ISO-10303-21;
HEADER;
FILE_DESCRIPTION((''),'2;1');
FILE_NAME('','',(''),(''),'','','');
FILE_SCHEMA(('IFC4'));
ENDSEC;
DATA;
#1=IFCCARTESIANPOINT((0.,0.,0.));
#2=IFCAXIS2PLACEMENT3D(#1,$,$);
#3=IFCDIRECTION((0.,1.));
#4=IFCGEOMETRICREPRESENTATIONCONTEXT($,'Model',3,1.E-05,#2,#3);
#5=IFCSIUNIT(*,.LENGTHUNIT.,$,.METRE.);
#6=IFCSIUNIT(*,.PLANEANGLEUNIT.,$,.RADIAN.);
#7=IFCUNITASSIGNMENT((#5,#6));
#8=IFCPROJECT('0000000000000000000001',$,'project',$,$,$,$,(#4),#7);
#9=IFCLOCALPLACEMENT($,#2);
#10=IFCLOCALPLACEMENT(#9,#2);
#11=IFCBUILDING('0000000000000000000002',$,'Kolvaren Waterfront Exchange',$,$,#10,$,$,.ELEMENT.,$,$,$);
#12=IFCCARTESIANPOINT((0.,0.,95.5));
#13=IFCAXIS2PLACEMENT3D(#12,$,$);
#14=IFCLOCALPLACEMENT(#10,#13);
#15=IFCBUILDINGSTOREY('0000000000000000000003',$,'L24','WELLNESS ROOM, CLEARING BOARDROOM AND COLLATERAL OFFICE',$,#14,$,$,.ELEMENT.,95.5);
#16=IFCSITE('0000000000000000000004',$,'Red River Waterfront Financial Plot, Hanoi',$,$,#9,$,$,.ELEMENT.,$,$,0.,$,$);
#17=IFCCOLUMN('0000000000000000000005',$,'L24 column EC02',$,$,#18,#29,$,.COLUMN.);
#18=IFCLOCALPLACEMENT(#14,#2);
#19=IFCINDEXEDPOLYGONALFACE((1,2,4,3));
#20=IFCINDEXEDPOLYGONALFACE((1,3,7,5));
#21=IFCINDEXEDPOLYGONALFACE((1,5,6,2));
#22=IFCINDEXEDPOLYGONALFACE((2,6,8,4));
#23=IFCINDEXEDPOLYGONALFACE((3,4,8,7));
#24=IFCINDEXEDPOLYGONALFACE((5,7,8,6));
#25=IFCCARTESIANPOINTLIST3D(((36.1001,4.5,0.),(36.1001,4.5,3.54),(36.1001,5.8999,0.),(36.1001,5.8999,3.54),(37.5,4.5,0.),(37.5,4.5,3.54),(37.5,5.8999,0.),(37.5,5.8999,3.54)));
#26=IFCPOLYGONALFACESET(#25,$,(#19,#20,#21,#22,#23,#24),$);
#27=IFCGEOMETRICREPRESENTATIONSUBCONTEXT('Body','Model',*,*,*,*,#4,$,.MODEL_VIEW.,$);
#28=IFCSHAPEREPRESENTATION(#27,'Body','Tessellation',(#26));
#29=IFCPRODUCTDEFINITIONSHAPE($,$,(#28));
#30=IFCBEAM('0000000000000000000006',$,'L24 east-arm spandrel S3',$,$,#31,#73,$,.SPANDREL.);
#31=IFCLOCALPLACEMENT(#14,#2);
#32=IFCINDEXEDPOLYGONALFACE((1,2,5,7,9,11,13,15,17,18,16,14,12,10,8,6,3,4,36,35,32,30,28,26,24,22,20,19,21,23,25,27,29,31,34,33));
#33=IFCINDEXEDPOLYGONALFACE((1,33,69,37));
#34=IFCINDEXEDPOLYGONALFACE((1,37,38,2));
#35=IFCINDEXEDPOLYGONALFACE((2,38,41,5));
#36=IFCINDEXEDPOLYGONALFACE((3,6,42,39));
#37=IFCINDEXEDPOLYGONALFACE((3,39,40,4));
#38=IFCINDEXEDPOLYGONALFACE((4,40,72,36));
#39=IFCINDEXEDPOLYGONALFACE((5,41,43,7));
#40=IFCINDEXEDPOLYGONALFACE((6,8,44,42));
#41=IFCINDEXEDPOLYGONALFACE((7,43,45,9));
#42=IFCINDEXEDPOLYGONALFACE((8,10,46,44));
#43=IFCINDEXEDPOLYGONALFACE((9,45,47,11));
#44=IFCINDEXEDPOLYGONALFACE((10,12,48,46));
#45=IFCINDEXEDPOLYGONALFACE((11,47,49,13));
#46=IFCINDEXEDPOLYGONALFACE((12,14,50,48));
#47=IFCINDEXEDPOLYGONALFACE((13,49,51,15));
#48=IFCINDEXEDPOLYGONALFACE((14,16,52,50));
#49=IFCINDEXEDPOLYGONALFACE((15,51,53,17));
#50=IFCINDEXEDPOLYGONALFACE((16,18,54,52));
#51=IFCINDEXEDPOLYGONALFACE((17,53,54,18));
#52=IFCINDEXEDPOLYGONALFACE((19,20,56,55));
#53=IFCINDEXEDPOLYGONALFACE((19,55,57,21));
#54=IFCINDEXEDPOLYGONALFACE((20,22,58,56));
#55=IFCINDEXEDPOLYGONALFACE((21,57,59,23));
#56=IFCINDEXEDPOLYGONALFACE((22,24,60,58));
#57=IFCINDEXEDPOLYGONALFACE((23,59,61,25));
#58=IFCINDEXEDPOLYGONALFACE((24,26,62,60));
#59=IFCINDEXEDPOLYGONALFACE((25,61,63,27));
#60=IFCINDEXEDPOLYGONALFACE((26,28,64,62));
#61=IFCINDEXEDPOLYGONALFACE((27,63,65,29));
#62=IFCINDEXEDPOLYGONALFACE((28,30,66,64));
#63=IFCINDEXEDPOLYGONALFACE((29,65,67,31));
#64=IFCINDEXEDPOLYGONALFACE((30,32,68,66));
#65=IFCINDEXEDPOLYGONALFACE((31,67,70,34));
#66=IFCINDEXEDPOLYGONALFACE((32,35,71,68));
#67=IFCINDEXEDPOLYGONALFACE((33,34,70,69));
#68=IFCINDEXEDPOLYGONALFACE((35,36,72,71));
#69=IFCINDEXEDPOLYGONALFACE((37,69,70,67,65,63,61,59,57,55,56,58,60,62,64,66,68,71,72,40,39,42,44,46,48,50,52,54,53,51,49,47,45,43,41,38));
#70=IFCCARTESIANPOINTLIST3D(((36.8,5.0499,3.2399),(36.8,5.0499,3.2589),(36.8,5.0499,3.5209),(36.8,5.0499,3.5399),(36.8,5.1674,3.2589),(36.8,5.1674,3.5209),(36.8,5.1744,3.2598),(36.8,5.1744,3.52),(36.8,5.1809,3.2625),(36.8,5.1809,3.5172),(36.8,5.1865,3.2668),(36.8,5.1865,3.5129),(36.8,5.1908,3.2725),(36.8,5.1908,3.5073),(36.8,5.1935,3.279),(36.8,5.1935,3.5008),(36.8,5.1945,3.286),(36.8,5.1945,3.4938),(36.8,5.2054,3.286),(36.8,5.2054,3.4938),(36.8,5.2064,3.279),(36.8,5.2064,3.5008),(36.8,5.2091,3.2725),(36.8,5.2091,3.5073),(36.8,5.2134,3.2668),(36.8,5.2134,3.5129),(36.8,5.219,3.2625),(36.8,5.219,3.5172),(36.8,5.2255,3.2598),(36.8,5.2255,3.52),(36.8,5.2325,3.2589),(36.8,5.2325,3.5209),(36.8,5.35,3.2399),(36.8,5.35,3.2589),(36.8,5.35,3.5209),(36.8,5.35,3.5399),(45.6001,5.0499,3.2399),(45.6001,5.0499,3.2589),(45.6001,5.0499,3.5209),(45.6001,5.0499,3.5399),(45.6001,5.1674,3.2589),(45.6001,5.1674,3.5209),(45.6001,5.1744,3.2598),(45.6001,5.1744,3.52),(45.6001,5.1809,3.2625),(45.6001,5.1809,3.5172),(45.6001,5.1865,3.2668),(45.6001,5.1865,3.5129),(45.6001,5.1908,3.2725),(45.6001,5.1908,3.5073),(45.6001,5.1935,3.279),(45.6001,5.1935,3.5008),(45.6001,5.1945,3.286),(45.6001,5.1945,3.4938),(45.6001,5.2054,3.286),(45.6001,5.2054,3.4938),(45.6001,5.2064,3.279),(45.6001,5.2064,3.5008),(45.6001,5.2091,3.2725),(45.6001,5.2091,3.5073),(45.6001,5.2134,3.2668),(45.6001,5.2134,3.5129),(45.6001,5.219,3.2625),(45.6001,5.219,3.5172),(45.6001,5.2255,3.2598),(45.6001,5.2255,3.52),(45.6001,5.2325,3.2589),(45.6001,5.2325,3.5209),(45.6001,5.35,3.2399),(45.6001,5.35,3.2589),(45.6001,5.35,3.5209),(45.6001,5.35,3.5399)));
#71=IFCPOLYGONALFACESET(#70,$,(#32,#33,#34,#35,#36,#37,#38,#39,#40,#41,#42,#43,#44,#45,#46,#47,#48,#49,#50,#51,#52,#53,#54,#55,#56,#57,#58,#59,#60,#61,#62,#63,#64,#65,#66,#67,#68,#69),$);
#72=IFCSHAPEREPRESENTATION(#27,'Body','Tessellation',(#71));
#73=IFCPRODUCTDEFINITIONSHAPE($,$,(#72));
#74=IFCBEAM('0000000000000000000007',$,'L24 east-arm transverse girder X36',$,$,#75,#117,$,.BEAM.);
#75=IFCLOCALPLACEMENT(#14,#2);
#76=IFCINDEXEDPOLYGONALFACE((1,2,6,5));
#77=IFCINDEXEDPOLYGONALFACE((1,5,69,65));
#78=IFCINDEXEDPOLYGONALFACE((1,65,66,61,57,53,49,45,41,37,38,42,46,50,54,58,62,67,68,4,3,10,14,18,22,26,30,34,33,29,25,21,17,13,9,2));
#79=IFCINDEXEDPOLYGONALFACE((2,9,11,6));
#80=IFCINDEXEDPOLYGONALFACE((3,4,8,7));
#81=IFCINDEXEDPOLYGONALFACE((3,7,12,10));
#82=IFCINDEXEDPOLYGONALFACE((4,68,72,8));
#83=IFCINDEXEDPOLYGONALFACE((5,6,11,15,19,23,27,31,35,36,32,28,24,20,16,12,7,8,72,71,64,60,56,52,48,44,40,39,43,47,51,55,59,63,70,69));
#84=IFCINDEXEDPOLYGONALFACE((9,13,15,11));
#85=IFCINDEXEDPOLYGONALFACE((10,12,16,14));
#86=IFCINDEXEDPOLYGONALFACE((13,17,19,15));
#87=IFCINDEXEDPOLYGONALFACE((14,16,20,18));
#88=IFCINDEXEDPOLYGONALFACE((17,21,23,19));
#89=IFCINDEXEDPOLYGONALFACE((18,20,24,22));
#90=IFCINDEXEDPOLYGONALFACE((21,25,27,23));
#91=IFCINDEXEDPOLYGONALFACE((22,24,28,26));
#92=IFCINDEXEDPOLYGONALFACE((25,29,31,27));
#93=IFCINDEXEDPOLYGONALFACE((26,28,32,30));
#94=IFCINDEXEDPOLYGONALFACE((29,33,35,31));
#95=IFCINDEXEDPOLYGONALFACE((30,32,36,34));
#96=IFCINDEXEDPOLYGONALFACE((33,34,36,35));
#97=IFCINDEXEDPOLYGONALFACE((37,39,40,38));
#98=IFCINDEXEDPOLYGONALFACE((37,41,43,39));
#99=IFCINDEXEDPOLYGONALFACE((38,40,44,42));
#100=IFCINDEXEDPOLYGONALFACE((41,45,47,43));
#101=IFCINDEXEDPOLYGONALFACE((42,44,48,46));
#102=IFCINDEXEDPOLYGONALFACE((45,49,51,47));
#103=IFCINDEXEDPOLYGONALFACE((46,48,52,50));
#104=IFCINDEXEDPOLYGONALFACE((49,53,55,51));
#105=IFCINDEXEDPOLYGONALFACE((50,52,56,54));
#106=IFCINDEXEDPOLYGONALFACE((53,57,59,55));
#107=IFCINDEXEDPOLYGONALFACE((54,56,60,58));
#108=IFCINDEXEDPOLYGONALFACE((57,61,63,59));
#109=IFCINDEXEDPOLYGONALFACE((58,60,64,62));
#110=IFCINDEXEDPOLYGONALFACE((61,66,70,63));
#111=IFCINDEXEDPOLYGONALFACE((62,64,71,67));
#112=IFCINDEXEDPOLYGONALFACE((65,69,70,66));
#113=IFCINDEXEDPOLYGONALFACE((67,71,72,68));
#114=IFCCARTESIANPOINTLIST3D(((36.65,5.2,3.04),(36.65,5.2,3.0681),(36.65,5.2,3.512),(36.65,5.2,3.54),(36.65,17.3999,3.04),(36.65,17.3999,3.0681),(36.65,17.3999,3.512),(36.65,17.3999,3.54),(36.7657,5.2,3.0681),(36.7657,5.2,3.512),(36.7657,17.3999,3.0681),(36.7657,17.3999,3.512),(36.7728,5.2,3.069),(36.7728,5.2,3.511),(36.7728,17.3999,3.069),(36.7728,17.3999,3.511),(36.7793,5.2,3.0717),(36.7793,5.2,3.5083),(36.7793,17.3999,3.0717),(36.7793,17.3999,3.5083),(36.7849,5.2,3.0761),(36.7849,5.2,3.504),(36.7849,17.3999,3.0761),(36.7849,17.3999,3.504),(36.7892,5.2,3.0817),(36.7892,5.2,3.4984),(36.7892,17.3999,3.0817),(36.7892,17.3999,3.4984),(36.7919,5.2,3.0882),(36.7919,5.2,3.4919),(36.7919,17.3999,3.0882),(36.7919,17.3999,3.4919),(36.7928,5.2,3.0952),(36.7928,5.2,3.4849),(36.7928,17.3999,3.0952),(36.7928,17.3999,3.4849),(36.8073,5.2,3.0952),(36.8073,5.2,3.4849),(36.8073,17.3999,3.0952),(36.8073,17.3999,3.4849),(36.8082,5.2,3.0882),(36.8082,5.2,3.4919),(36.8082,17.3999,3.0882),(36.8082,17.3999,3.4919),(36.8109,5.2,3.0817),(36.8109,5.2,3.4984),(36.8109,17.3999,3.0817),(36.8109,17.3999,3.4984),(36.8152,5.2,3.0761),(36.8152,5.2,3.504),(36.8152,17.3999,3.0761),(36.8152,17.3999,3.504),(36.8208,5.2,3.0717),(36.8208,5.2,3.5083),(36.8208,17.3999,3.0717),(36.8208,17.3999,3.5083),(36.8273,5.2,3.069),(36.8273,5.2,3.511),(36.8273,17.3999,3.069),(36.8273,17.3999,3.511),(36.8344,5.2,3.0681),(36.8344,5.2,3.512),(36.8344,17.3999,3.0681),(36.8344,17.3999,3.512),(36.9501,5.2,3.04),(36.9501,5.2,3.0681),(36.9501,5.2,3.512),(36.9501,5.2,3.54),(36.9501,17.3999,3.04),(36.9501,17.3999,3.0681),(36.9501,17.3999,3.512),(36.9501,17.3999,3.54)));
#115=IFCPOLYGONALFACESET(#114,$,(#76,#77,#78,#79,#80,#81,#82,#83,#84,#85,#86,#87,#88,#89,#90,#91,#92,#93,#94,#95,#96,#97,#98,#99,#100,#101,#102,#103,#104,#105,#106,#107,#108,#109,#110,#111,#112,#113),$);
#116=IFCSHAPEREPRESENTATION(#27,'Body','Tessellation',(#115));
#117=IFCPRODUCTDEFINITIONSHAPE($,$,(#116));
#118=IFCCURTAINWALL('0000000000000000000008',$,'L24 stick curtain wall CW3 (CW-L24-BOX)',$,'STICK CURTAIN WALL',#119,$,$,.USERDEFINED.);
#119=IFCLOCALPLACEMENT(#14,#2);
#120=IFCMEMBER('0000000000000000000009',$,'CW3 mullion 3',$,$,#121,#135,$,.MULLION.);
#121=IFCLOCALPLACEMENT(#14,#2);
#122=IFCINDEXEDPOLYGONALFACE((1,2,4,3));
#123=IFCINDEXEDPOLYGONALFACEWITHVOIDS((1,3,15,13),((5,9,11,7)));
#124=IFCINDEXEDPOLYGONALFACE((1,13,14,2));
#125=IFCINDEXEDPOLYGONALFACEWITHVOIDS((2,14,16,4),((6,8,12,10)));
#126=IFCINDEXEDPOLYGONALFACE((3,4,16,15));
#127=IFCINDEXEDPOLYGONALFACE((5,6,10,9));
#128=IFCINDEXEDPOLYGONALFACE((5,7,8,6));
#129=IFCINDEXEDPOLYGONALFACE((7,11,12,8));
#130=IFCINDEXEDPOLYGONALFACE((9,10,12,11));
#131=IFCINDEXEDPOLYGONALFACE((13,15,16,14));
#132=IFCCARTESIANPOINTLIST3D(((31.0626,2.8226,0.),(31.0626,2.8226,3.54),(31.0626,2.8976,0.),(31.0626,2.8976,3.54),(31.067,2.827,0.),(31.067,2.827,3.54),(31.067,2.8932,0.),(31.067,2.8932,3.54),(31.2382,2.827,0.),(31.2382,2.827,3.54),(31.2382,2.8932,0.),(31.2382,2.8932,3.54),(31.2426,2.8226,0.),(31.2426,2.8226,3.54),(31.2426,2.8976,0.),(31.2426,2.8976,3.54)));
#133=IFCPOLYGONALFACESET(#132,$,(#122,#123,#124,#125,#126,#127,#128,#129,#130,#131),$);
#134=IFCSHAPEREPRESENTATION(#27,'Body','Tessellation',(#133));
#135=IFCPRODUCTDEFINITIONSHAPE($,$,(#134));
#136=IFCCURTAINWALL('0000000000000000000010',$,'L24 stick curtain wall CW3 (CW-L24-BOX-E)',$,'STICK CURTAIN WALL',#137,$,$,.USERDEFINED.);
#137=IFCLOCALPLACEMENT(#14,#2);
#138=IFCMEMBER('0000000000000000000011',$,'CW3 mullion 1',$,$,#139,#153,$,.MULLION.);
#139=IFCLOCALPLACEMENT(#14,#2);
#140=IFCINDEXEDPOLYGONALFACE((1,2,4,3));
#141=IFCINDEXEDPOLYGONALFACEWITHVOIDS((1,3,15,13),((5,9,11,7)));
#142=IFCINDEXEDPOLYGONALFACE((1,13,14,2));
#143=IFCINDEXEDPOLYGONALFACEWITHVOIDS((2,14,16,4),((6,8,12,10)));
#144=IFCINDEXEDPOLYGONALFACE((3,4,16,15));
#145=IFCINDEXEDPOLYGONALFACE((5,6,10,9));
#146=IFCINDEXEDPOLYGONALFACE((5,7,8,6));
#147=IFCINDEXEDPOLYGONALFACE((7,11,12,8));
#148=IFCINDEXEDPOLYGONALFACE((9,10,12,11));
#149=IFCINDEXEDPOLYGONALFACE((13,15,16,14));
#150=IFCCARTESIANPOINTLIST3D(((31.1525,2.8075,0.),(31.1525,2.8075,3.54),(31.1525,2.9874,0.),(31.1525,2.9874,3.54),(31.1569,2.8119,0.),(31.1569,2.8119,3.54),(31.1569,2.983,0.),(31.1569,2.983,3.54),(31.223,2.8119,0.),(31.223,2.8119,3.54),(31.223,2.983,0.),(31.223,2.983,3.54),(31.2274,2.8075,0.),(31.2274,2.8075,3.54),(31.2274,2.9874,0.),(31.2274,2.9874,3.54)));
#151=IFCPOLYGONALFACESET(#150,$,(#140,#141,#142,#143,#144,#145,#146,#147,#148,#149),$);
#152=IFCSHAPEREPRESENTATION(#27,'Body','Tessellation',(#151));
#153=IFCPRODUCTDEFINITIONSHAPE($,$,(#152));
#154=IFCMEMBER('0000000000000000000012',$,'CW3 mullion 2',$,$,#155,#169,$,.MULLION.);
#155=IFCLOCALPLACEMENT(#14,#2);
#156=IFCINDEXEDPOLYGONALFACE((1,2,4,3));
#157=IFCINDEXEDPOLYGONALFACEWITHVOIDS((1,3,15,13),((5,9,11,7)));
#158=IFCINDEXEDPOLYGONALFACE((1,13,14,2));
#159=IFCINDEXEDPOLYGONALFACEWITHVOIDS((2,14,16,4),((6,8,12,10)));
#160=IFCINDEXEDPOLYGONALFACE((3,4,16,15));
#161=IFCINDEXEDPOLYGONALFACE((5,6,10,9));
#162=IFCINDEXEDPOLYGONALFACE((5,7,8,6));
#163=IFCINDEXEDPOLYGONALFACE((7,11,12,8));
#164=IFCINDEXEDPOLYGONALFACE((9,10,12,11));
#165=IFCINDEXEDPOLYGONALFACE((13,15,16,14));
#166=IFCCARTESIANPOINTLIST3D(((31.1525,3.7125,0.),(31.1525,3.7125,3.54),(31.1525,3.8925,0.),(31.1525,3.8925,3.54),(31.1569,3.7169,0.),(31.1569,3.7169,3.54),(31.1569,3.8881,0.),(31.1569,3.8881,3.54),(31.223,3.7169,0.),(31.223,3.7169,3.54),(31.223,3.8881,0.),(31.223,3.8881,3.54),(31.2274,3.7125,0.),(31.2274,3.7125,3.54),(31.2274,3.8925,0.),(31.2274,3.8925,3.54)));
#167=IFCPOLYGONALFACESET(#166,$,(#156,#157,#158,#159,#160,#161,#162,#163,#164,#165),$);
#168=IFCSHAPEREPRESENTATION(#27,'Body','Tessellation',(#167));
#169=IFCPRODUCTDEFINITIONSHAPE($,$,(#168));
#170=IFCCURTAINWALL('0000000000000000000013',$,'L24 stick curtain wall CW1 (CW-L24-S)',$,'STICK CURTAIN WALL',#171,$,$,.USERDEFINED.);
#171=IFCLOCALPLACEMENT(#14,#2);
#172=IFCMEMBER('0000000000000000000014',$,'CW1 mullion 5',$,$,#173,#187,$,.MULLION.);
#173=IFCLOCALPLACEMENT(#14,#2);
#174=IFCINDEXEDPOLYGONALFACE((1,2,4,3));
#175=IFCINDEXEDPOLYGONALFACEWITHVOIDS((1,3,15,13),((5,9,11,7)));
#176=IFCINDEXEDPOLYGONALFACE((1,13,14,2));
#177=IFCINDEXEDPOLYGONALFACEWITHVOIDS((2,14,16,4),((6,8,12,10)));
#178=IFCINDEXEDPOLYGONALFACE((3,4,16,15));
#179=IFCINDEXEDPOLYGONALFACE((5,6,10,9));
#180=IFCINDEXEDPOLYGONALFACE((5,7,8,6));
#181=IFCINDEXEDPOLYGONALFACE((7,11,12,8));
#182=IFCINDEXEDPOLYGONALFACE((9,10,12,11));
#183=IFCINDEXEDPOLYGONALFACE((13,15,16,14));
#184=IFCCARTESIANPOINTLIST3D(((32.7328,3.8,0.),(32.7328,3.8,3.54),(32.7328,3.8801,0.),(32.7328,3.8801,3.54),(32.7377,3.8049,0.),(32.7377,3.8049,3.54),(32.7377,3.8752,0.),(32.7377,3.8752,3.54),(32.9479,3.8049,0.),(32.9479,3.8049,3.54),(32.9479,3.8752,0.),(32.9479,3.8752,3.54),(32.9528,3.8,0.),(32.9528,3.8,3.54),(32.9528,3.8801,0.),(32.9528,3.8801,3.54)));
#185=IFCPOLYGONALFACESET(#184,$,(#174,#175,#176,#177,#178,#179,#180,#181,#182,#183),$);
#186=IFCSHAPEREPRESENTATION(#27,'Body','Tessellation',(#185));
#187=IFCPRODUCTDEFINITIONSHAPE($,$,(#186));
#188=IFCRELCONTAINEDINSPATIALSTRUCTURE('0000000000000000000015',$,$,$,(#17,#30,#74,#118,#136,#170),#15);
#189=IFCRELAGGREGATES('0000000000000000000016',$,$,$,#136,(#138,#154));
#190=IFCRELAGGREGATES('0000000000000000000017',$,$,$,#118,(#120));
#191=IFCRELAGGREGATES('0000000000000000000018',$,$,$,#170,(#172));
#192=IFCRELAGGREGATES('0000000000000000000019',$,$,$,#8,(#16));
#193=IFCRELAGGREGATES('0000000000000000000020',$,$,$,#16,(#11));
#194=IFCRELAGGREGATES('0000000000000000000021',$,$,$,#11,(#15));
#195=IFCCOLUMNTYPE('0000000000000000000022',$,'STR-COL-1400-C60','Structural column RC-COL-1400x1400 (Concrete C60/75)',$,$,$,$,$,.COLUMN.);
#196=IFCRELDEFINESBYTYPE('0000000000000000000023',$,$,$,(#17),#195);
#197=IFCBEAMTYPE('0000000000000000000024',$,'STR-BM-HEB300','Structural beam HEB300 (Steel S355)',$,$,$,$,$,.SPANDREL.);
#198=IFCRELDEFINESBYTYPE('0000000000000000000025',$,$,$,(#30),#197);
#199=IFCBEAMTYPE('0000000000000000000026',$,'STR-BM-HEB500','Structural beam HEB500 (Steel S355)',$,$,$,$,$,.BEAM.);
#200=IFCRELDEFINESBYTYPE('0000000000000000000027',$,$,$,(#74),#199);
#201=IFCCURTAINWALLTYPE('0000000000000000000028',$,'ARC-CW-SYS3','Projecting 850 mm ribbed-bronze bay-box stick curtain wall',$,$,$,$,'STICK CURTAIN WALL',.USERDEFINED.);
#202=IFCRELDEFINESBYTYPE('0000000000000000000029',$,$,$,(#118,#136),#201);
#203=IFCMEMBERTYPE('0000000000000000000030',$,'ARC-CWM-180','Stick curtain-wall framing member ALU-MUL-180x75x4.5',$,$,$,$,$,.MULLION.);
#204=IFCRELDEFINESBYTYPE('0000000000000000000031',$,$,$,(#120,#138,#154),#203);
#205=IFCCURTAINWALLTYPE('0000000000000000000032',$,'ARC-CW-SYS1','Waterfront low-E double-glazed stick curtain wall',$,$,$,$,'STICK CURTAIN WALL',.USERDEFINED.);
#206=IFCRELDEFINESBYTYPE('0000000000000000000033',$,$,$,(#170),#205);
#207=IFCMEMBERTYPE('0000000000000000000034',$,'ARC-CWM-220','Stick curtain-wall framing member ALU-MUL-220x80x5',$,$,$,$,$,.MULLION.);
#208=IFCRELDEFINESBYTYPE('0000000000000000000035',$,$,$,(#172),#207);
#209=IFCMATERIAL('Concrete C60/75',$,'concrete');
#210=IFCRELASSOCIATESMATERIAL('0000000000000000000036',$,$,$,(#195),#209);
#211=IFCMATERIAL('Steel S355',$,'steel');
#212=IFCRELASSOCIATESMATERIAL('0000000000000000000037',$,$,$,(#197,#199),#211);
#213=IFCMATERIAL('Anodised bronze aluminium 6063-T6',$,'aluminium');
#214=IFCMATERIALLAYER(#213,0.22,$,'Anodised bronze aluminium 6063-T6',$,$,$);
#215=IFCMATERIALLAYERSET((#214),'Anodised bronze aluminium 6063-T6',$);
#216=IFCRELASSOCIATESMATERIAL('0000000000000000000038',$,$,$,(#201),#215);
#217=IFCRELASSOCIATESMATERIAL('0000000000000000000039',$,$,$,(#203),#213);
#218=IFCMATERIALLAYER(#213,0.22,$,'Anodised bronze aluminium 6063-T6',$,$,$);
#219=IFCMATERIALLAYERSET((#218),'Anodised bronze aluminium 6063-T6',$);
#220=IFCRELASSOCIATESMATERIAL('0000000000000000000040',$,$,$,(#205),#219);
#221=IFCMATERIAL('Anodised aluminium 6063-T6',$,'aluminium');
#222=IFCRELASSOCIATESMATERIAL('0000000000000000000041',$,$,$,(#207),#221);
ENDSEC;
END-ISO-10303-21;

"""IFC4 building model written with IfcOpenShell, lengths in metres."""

from ifc_helpers import new_model, si_unit, direction, frame, origin, origin_with_axes, origin_2d, place, context, subcontext, project, spatial, rectangle, hollow_rectangle, i_section, extrude, source, transform, mapped, material, layer, layer_set, material_profile, profile_set, type_object, element, aggregate, save


model = new_model("IFC4")

# Units and contexts
model_context = context("Model", 3, precision=1e-05, world=origin(), true_north=direction((0.0, 1.0)))
body_context = subcontext(model_context, "Body", "Model", "MODEL_VIEW")
ifc_project = project(units=[si_unit("LENGTHUNIT", "METRE"), si_unit("PLANEANGLEUNIT", "RADIAN")], contexts=[model_context])

# Site, building, storey
site_placement = place(None, origin())
site = spatial("IfcSite", under=ifc_project, at=site_placement, Name="Red River Waterfront Financial Plot, Hanoi", CompositionType="ELEMENT", RefElevation=0.0)
building_placement = place(site_placement, origin())
building = spatial("IfcBuilding", under=site, at=building_placement, Name="Kolvaren Waterfront Exchange", CompositionType="ELEMENT")
storey_placement = place(building_placement, frame((0.0, 0.0, 95.5)))
storey = spatial("IfcBuildingStorey", under=building, at=storey_placement, Name="L24", Description="WELLNESS ROOM, CLEARING BOARDROOM AND COLLATERAL OFFICE", CompositionType="ELEMENT", Elevation=95.5)

# Column
ifc_material_1 = material(Name="Concrete C60/75", Category="concrete")
ifc_material_profile_1 = material_profile(ifc_material_1, rectangle(XDim=1.3999, YDim=1.3999, at=origin_2d()), Name="RC-COL-1400x1400")
ifc_profile_set_1 = profile_set([ifc_material_profile_1], Name="Concrete C60/75")
column_type = type_object("IfcColumnType", Name="STR-COL-1400-C60", Description="Structural column RC-COL-1400x1400 (Concrete C60/75)", PredefinedType="COLUMN", material=ifc_profile_set_1)
column_placement = place(storey_placement, frame((36.8, 5.2, 0.0), z_axis=(0.0, 0.0, 1.0), x_axis=(1.0, 0.0, 0.0)))
element("IfcColumn", 1, at=column_placement, inside=storey, type_object=column_type, Name="L24 column EC02", PredefinedType="COLUMN", context=body_context, shape_type="SweptSolid", body=[
    extrude(rectangle(XDim=1.3999, YDim=1.3999, at=origin_2d()), origin(), (0.0, 0.0, 1.0), 3.54),
])

# Beams
ifc_material_2 = material(Name="Steel S355", Category="steel")
ifc_material_profile_2 = material_profile(ifc_material_2, i_section(OverallWidth=0.3, OverallDepth=0.3, WebThickness=0.011, FlangeThickness=0.019, FilletRadius=0.0271, at=origin_2d()), Name="HEB300")
ifc_profile_set_2 = profile_set([ifc_material_profile_2], Name="Steel S355")
beam_type_1 = type_object("IfcBeamType", Name="STR-BM-HEB300", Description="Structural beam HEB300 (Steel S355)", PredefinedType="SPANDREL", material=ifc_profile_set_2)
beam_1_placement = place(storey_placement, frame((36.8, 5.2, 3.3899), z_axis=(1.0, 0.0, 0.0), x_axis=(0.0, 1.0, 0.0)))
element("IfcBeam", 2, at=beam_1_placement, inside=storey, type_object=beam_type_1, Name="L24 east-arm spandrel S3", PredefinedType="SPANDREL", context=body_context, shape_type="SweptSolid", body=[
    extrude(i_section(OverallWidth=0.3, OverallDepth=0.3, WebThickness=0.011, FlangeThickness=0.019, FilletRadius=0.0271, at=origin_2d()), origin(), (0.0, 0.0, 1.0), 8.8),
])
ifc_material_profile_3 = material_profile(ifc_material_2, i_section(OverallWidth=0.3, OverallDepth=0.5, WebThickness=0.0144, FlangeThickness=0.0281, FilletRadius=0.0271, at=origin_2d()), Name="HEB500")
ifc_profile_set_3 = profile_set([ifc_material_profile_3], Name="Steel S355")
beam_type_2 = type_object("IfcBeamType", Name="STR-BM-HEB500", Description="Structural beam HEB500 (Steel S355)", PredefinedType="BEAM", material=ifc_profile_set_3)
beam_2_placement = place(storey_placement, frame((36.8, 5.2, 3.29), z_axis=(0.0, 1.0, 0.0), x_axis=(-1.0, 0.0, 0.0)))
element("IfcBeam", 3, at=beam_2_placement, inside=storey, type_object=beam_type_2, Name="L24 east-arm transverse girder X36", PredefinedType="BEAM", context=body_context, shape_type="SweptSolid", body=[
    extrude(i_section(OverallWidth=0.3, OverallDepth=0.5, WebThickness=0.0144, FlangeThickness=0.0281, FilletRadius=0.0271, at=origin_2d()), origin(), (0.0, 0.0, 1.0), 12.2),
])

# Curtain wall, member
ifc_material_3 = material(Name="Anodised bronze aluminium 6063-T6", Category="aluminium")
ifc_layer_1 = layer(ifc_material_3, 0.22, Name="Anodised bronze aluminium 6063-T6")
ifc_layer_set_1 = layer_set([ifc_layer_1], Name="Anodised bronze aluminium 6063-T6")
curtain_wall_type_1 = type_object("IfcCurtainWallType", Name="ARC-CW-SYS3", Description="Projecting 850 mm ribbed-bronze bay-box stick curtain wall", ElementType="STICK CURTAIN WALL", PredefinedType="USERDEFINED", material=ifc_layer_set_1)
curtain_wall_1_placement = place(storey_placement, origin())
curtain_wall_1 = element("IfcCurtainWall", 4, at=curtain_wall_1_placement, inside=storey, type_object=curtain_wall_type_1, Name="L24 stick curtain wall CW3 (CW-L24-BOX)", ObjectType="STICK CURTAIN WALL", PredefinedType="USERDEFINED")
ifc_material_profile_4 = material_profile(ifc_material_3, hollow_rectangle(XDim=0.075, YDim=0.1799, WallThickness=0.0044, at=origin_2d()), Name="ALU-MUL-180x75x4.5")
ifc_profile_set_4 = profile_set([ifc_material_profile_4], Name="Anodised bronze aluminium 6063-T6")
member_type_1 = type_object("IfcMemberType", Name="ARC-CWM-180", Description="Stick curtain-wall framing member ALU-MUL-180x75x4.5", PredefinedType="MULLION", material=ifc_profile_set_4)
shared_shape_1 = source(origin_with_axes(), body_context, "Body", "SweptSolid", [
    extrude(hollow_rectangle(XDim=0.075, YDim=0.1799, WallThickness=0.0044, at=origin_2d()), origin(), (0.0, 0.0, 1.0), 3.54),
])
member_1_placement = place(storey_placement, frame((31.1526, 2.8601, 0.0), z_axis=(0.0, 0.0, 1.0), x_axis=(0.0, 1.0, 0.0)))
member_1 = element("IfcMember", 5, at=member_1_placement, type_object=member_type_1, Name="CW3 mullion 3", PredefinedType="MULLION", context=body_context, shape_type="MappedRepresentation", body=[
    mapped(shared_shape_1, transform((0.0, 0.0, 0.0), x_axis=(1.0, 0.0, 0.0), y_axis=(0.0, 1.0, 0.0), z_axis=(0.0, 0.0, 1.0), scale=1.0)),
])

# Curtain wall, members
curtain_wall_2_placement = place(storey_placement, origin())
curtain_wall_2 = element("IfcCurtainWall", 6, at=curtain_wall_2_placement, inside=storey, type_object=curtain_wall_type_1, Name="L24 stick curtain wall CW3 (CW-L24-BOX-E)", ObjectType="STICK CURTAIN WALL", PredefinedType="USERDEFINED")
member_2_placement = place(storey_placement, frame((31.1899, 2.8975, 0.0), z_axis=(0.0, 0.0, 1.0), x_axis=(-1.0, 0.0, 0.0)))
member_2 = element("IfcMember", 7, at=member_2_placement, type_object=member_type_1, Name="CW3 mullion 1", PredefinedType="MULLION", context=body_context, shape_type="MappedRepresentation", body=[
    mapped(shared_shape_1, transform((0.0, 0.0, 0.0), x_axis=(1.0, 0.0, 0.0), y_axis=(0.0, 1.0, 0.0), z_axis=(0.0, 0.0, 1.0), scale=1.0)),
])
member_3_placement = place(storey_placement, frame((31.1899, 3.8025, 0.0), z_axis=(0.0, 0.0, 1.0), x_axis=(-1.0, 0.0, 0.0)))
member_3 = element("IfcMember", 8, at=member_3_placement, type_object=member_type_1, Name="CW3 mullion 2", PredefinedType="MULLION", context=body_context, shape_type="MappedRepresentation", body=[
    mapped(shared_shape_1, transform((0.0, 0.0, 0.0), x_axis=(1.0, 0.0, 0.0), y_axis=(0.0, 1.0, 0.0), z_axis=(0.0, 0.0, 1.0), scale=1.0)),
])

# Curtain wall, member
ifc_layer_2 = layer(ifc_material_3, 0.22, Name="Anodised bronze aluminium 6063-T6")
ifc_layer_set_2 = layer_set([ifc_layer_2], Name="Anodised bronze aluminium 6063-T6")
curtain_wall_type_2 = type_object("IfcCurtainWallType", Name="ARC-CW-SYS1", Description="Waterfront low-E double-glazed stick curtain wall", ElementType="STICK CURTAIN WALL", PredefinedType="USERDEFINED", material=ifc_layer_set_2)
curtain_wall_3_placement = place(storey_placement, origin())
curtain_wall_3 = element("IfcCurtainWall", 9, at=curtain_wall_3_placement, inside=storey, type_object=curtain_wall_type_2, Name="L24 stick curtain wall CW1 (CW-L24-S)", ObjectType="STICK CURTAIN WALL", PredefinedType="USERDEFINED")
ifc_material_4 = material(Name="Anodised aluminium 6063-T6", Category="aluminium")
ifc_material_profile_5 = material_profile(ifc_material_4, hollow_rectangle(XDim=0.0801, YDim=0.22, WallThickness=0.0049, at=origin_2d()), Name="ALU-MUL-220x80x5")
ifc_profile_set_5 = profile_set([ifc_material_profile_5], Name="Anodised aluminium 6063-T6")
member_type_2 = type_object("IfcMemberType", Name="ARC-CWM-220", Description="Stick curtain-wall framing member ALU-MUL-220x80x5", PredefinedType="MULLION", material=ifc_profile_set_5)
shared_shape_2 = source(origin_with_axes(), body_context, "Body", "SweptSolid", [
    extrude(hollow_rectangle(XDim=0.0801, YDim=0.22, WallThickness=0.0049, at=origin_2d()), origin(), (0.0, 0.0, 1.0), 3.54),
])
member_4_placement = place(storey_placement, frame((32.8428, 3.8401, 0.0), z_axis=(0.0, 0.0, 1.0), x_axis=(0.0, 1.0, 0.0)))
member_4 = element("IfcMember", 10, at=member_4_placement, type_object=member_type_2, Name="CW1 mullion 5", PredefinedType="MULLION", context=body_context, shape_type="MappedRepresentation", body=[
    mapped(shared_shape_2, transform((0.0, 0.0, 0.0), x_axis=(1.0, 0.0, 0.0), y_axis=(0.0, 1.0, 0.0), z_axis=(0.0, 0.0, 1.0), scale=1.0)),
])

aggregate(curtain_wall_2, [member_2, member_3])
aggregate(curtain_wall_1, [member_1])
aggregate(curtain_wall_3, [member_4])

save(model, "model.ifc")
